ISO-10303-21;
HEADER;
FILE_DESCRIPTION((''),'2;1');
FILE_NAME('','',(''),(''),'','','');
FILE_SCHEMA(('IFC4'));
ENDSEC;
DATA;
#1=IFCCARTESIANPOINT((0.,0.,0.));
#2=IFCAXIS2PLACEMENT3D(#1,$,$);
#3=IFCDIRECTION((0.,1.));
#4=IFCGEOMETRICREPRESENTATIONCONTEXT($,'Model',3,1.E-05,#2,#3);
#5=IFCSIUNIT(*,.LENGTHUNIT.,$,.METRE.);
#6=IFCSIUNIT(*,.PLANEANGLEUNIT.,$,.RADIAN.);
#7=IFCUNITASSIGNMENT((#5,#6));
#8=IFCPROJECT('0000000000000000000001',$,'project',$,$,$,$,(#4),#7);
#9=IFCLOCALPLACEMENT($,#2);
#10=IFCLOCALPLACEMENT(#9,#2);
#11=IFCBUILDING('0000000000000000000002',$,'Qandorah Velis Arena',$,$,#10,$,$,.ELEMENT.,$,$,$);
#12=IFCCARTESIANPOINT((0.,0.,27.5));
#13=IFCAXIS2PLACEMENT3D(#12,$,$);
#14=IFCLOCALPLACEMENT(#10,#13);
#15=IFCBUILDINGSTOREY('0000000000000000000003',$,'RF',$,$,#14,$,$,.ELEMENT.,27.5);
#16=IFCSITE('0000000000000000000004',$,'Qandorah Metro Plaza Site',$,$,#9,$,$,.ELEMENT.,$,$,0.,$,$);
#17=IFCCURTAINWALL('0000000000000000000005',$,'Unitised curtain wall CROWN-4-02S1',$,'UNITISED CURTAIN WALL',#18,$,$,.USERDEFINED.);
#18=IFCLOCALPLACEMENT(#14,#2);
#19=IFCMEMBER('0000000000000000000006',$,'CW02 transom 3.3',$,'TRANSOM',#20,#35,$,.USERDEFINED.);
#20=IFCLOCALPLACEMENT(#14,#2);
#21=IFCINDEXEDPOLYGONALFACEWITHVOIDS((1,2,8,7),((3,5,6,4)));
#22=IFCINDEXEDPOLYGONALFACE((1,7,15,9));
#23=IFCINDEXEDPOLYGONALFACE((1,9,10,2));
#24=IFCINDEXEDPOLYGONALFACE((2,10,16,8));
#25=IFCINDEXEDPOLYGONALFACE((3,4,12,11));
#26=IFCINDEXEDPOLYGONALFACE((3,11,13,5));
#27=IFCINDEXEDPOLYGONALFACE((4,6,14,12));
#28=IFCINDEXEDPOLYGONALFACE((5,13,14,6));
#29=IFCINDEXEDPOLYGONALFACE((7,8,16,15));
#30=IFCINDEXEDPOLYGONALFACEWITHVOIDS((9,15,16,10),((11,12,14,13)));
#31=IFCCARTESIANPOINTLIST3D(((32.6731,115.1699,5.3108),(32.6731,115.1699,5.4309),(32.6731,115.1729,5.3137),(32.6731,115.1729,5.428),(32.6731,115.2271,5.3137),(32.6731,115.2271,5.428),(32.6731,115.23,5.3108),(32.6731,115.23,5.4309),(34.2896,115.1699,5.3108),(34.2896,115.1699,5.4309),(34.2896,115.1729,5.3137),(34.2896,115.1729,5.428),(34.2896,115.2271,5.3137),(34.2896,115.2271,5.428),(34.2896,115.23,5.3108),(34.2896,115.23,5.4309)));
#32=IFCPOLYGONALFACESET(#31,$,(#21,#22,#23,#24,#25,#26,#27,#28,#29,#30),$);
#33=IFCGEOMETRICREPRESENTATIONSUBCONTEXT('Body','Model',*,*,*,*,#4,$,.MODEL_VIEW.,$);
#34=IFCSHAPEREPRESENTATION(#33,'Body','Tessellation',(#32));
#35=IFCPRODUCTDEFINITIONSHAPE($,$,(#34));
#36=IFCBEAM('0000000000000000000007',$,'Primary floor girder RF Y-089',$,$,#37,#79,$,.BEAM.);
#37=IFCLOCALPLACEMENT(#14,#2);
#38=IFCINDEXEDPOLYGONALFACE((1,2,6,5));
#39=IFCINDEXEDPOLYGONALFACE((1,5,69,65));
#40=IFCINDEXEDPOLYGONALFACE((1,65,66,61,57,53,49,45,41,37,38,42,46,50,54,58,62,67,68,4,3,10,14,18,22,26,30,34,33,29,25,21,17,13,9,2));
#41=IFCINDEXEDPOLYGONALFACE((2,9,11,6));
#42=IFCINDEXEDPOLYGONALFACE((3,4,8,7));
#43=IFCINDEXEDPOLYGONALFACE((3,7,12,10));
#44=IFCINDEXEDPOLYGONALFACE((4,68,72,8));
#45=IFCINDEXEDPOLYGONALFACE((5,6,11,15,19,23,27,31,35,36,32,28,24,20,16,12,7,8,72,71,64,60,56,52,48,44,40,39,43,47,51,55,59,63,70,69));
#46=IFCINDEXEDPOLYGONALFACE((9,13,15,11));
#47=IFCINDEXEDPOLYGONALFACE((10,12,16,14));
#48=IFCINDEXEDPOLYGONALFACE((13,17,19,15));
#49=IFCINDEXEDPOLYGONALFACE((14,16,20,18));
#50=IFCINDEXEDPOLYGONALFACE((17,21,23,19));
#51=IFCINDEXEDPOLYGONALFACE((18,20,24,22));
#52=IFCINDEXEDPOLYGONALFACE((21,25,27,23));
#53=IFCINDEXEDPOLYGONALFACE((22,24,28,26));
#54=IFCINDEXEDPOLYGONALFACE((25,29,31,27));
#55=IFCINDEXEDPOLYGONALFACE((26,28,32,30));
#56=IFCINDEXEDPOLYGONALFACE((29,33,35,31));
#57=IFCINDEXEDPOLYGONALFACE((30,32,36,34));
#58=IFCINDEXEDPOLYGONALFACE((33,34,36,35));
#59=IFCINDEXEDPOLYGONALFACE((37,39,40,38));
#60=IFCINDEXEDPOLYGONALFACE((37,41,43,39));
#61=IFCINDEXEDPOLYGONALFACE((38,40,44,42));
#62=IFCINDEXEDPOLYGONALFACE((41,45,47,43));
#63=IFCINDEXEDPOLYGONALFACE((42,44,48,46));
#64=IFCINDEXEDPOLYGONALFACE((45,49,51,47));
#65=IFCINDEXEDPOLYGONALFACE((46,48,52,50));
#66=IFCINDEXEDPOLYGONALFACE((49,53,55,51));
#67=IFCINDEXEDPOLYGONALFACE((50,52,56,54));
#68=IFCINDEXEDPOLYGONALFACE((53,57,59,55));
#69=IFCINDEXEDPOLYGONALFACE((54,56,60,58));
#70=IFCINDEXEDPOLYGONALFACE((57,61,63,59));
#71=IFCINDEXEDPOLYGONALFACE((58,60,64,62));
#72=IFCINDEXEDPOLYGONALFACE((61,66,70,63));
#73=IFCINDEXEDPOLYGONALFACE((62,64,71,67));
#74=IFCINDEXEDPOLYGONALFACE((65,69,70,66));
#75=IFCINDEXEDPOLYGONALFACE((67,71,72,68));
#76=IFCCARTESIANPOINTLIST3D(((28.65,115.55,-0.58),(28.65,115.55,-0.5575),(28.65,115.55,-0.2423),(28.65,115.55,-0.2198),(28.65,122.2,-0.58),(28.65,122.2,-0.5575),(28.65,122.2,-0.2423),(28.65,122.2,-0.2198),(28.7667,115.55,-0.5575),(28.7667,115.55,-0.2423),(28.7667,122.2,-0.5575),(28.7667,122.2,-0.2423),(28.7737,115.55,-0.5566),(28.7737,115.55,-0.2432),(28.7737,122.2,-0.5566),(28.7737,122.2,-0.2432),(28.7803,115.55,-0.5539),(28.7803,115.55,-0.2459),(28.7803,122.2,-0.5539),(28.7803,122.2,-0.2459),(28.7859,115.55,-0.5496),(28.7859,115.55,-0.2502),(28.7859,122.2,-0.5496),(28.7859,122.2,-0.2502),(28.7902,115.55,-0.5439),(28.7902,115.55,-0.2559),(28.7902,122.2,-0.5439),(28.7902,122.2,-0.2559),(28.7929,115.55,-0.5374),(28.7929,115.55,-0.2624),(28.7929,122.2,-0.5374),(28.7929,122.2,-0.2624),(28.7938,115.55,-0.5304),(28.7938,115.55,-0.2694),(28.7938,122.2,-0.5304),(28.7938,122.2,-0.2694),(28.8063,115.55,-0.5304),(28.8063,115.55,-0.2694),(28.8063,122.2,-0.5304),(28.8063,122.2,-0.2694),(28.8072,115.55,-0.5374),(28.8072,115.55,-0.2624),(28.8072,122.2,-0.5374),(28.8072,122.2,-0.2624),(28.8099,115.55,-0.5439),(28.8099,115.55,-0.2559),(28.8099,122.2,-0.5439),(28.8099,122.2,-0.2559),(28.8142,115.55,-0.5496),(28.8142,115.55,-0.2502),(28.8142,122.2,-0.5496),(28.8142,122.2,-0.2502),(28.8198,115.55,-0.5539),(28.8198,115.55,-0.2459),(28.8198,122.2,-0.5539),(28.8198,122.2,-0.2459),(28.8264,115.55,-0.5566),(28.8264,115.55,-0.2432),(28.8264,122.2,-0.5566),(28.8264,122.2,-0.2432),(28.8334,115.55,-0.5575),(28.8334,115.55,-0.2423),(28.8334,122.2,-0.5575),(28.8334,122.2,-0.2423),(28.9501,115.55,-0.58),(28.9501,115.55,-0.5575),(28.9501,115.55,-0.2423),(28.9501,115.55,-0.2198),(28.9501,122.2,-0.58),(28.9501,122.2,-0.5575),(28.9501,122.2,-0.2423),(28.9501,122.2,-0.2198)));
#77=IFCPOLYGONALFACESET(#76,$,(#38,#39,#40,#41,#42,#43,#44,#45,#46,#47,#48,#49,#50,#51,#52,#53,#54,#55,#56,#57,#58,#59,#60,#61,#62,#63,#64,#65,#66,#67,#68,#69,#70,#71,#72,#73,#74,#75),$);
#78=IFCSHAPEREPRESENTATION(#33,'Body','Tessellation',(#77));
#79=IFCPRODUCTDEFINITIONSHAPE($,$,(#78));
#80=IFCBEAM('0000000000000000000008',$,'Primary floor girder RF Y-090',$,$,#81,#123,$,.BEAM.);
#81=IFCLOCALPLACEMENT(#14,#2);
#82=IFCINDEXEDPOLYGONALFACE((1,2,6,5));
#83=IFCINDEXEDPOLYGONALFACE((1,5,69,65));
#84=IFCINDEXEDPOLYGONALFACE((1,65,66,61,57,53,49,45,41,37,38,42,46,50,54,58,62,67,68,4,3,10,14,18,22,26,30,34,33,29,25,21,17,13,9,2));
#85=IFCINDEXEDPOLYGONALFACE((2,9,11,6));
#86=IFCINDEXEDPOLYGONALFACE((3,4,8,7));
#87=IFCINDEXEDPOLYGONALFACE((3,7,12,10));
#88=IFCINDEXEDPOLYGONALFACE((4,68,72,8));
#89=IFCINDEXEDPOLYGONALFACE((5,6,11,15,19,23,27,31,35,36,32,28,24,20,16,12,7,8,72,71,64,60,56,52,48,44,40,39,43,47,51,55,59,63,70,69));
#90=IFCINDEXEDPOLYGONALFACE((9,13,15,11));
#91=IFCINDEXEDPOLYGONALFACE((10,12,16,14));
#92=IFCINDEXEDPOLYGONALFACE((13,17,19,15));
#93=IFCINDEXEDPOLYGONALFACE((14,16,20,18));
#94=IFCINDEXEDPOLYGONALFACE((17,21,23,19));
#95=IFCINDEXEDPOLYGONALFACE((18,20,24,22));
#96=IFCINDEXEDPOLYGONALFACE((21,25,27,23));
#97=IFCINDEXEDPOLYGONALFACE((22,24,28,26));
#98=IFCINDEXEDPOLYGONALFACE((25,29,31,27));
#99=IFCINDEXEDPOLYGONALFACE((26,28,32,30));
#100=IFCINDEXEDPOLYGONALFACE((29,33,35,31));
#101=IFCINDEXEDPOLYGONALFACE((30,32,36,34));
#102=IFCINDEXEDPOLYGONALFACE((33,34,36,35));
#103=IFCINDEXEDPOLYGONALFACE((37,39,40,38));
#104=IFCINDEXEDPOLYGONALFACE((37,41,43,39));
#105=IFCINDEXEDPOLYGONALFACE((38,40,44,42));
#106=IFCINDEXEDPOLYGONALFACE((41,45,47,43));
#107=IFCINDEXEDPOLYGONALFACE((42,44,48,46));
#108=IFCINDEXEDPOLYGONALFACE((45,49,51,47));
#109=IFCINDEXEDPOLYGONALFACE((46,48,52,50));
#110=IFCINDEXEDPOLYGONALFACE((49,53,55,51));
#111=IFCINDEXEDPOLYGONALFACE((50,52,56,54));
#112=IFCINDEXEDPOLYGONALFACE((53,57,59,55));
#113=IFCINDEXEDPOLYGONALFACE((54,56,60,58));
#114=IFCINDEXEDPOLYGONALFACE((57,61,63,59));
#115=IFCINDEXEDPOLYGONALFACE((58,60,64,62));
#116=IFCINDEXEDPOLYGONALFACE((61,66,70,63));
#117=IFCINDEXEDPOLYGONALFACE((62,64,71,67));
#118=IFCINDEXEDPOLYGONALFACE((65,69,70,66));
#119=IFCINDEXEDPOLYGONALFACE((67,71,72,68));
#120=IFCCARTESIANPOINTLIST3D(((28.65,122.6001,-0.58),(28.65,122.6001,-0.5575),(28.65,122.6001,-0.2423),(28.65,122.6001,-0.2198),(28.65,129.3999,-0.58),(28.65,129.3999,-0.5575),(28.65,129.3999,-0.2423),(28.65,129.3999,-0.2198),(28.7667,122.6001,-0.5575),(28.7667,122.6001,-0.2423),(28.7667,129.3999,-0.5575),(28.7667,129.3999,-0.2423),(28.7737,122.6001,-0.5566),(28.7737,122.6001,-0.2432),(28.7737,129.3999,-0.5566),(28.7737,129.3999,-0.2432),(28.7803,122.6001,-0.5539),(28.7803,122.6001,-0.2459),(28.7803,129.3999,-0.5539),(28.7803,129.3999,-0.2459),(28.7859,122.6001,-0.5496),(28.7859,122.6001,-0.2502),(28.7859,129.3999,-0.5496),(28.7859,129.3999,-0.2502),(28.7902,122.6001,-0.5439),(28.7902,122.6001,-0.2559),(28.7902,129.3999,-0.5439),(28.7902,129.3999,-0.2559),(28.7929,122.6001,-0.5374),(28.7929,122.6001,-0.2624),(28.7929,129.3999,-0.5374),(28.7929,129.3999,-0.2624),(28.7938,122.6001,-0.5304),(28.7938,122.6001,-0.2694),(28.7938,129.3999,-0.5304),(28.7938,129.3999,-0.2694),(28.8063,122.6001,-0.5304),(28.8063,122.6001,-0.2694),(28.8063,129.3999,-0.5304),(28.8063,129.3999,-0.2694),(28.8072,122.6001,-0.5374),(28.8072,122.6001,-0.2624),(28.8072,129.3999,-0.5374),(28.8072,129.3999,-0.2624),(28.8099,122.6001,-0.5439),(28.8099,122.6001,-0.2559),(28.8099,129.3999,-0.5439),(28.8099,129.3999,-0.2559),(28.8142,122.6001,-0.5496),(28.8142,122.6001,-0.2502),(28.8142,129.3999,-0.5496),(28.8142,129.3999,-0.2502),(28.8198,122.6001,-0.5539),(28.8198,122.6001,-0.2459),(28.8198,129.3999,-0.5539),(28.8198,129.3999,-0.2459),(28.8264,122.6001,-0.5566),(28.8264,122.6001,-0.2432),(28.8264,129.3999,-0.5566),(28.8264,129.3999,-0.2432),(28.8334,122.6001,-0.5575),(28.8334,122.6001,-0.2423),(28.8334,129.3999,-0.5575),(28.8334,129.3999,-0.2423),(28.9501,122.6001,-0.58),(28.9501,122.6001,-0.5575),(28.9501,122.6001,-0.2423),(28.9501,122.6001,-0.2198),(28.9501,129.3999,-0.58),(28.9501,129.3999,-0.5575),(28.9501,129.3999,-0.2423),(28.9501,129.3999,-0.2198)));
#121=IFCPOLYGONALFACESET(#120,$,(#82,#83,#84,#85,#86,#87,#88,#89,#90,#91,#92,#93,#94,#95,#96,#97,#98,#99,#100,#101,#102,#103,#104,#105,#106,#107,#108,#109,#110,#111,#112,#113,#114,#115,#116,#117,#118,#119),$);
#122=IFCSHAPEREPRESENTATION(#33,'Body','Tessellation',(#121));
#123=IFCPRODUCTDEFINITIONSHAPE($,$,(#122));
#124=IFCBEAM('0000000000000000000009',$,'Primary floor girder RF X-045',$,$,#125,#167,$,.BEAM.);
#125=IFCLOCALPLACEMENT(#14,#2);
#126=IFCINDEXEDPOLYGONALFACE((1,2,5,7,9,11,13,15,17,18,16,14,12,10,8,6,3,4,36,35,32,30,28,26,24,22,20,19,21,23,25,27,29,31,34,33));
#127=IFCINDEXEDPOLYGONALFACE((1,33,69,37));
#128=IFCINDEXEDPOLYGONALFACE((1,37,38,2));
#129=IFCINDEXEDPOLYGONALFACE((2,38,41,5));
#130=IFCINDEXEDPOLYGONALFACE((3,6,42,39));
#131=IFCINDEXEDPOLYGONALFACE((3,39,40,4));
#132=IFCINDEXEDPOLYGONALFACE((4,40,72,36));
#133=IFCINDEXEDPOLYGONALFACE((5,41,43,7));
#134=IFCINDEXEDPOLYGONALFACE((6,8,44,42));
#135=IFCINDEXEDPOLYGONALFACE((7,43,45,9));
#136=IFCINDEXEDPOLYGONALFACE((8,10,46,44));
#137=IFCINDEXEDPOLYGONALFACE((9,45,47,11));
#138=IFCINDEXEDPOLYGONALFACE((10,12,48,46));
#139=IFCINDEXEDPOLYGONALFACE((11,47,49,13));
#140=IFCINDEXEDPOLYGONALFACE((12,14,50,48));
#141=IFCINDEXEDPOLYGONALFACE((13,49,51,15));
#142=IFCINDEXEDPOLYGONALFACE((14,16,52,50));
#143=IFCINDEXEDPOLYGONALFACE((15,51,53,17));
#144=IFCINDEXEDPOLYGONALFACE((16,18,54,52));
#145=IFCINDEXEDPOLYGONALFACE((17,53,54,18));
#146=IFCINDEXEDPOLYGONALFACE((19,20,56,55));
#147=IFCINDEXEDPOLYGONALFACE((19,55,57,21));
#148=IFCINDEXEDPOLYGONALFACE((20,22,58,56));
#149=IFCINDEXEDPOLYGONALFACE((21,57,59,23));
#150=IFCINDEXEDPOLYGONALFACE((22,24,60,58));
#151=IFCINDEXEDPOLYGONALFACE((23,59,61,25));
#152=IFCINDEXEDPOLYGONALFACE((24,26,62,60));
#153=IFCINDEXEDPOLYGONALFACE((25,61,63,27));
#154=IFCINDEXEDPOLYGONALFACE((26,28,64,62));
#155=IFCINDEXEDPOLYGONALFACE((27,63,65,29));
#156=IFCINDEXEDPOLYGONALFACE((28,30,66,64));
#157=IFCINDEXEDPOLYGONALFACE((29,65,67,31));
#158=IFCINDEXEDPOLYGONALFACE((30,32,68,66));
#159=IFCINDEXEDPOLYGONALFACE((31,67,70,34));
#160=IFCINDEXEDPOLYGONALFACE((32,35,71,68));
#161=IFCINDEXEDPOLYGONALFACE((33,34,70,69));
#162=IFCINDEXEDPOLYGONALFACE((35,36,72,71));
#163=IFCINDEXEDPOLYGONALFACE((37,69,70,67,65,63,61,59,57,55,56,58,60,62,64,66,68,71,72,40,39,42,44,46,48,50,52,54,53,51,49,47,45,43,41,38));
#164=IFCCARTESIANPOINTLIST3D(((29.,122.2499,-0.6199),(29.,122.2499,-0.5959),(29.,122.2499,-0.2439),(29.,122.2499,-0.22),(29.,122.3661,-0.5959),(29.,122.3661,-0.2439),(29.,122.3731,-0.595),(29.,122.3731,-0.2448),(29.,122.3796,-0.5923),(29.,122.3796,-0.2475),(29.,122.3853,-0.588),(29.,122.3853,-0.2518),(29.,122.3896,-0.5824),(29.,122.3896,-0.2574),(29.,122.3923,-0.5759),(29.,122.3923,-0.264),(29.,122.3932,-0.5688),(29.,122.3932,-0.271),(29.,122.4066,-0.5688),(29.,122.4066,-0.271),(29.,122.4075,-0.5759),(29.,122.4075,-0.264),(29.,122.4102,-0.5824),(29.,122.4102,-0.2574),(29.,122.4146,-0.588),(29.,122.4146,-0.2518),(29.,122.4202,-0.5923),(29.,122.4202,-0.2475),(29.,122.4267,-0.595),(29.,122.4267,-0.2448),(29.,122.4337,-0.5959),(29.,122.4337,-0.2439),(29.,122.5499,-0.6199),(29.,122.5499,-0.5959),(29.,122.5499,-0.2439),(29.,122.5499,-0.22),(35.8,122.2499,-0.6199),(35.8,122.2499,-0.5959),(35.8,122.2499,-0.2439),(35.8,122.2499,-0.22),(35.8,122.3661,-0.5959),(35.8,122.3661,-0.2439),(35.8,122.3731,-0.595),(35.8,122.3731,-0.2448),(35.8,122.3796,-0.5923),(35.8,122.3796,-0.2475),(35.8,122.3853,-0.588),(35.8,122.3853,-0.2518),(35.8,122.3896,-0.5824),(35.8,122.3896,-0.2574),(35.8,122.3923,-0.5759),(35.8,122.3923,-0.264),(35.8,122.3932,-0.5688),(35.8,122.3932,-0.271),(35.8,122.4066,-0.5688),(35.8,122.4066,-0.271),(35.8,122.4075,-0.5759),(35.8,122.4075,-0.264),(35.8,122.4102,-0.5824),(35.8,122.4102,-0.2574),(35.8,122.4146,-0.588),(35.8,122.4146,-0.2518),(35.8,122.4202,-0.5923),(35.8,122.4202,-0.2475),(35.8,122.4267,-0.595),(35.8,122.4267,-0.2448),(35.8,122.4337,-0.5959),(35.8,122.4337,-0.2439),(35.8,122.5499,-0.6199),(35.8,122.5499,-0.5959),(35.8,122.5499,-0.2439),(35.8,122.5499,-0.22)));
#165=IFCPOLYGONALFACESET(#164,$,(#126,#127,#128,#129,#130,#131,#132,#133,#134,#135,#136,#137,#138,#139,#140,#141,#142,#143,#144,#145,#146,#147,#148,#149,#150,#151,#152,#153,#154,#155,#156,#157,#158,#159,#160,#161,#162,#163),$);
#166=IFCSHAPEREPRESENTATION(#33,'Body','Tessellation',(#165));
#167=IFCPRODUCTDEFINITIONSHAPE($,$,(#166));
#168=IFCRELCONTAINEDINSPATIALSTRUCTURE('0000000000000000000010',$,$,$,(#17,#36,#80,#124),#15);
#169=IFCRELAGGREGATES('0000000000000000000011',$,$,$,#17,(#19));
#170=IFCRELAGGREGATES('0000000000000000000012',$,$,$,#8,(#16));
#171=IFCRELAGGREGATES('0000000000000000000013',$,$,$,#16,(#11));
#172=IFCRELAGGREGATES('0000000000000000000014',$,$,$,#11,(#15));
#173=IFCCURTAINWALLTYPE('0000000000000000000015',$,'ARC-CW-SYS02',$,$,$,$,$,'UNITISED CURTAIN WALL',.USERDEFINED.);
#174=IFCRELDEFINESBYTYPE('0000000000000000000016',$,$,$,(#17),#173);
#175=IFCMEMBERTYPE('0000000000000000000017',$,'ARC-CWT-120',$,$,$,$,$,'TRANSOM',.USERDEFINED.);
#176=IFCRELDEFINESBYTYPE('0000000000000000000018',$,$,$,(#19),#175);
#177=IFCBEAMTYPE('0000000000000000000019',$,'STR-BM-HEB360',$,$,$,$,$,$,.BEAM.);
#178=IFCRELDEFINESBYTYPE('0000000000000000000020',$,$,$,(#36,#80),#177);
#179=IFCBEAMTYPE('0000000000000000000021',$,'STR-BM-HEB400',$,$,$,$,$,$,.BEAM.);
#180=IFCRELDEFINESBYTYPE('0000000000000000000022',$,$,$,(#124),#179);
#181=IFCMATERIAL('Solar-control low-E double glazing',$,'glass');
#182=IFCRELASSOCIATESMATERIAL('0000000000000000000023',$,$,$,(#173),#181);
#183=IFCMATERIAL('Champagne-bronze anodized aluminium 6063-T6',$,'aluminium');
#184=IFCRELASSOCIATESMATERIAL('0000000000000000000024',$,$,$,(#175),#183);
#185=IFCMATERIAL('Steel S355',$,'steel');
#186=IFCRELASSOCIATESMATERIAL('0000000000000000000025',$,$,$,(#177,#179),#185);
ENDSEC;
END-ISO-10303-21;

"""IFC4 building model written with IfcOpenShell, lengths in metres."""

from ifc_helpers import new_model, si_unit, direction, frame, origin, origin_2d, place, context, subcontext, project, spatial, hollow_rectangle, i_section, extrude, material, material_profile, profile_set, type_object, element, aggregate, save


model = new_model("IFC4")

# Units and contexts
model_context = context("Model", 3, precision=1e-05, world=origin(), true_north=direction((0.0, 1.0)))
body_context = subcontext(model_context, "Body", "Model", "MODEL_VIEW")
ifc_project = project(units=[si_unit("LENGTHUNIT", "METRE"), si_unit("PLANEANGLEUNIT", "RADIAN")], contexts=[model_context])

# Site, building, storey
site_placement = place(None, origin())
site = spatial("IfcSite", under=ifc_project, at=site_placement, Name="Qandorah Metro Plaza Site", CompositionType="ELEMENT", RefElevation=0.0)
building_placement = place(site_placement, origin())
building = spatial("IfcBuilding", under=site, at=building_placement, Name="Qandorah Velis Arena", CompositionType="ELEMENT")
storey_placement = place(building_placement, frame((0.0, 0.0, 27.5)))
storey = spatial("IfcBuildingStorey", under=building, at=storey_placement, Name="RF", CompositionType="ELEMENT", Elevation=27.5)

# Curtain wall, member
ifc_material_1 = material(Name="Solar-control low-E double glazing", Category="glass")
curtain_wall_type = type_object("IfcCurtainWallType", Name="ARC-CW-SYS02", ElementType="UNITISED CURTAIN WALL", PredefinedType="USERDEFINED", material=ifc_material_1)
curtain_wall_placement = place(storey_placement, origin())
curtain_wall = element("IfcCurtainWall", 1, at=curtain_wall_placement, inside=storey, type_object=curtain_wall_type, Name="Unitised curtain wall CROWN-4-02S1", ObjectType="UNITISED CURTAIN WALL", PredefinedType="USERDEFINED")
ifc_material_2 = material(Name="Champagne-bronze anodized aluminium 6063-T6", Category="aluminium")
ifc_material_profile_1 = material_profile(ifc_material_2, hollow_rectangle(XDim=0.0601, YDim=0.1201, WallThickness=0.0029, at=origin_2d()), Name="ALU TRANSOM 60x120")
ifc_profile_set_1 = profile_set([ifc_material_profile_1], Name="Champagne-bronze anodized aluminium 6063-T6")
member_type_1 = type_object("IfcMemberType", Name="ARC-CWT-120", ElementType="TRANSOM", PredefinedType="USERDEFINED", material=ifc_profile_set_1)
member_1_placement = place(storey_placement, frame((32.6731, 115.2, 5.3708), z_axis=(1.0, 0.0, 0.0), x_axis=(0.0, 1.0, 0.0)))
member_1 = element("IfcMember", 2, at=member_1_placement, type_object=member_type_1, Name="CW02 transom 3.3", ObjectType="TRANSOM", PredefinedType="USERDEFINED", context=body_context, shape_type="SweptSolid", body=[
    extrude(hollow_rectangle(XDim=0.0601, YDim=0.1201, WallThickness=0.0029, at=origin_2d()), origin(), (0.0, 0.0, 1.0), 1.6165),
])

# Beams
ifc_material_3 = material(Name="Steel S355", Category="steel")
ifc_material_profile_2 = material_profile(ifc_material_3, i_section(OverallWidth=0.3, OverallDepth=0.3601, WebThickness=0.0125, FlangeThickness=0.0225, FilletRadius=0.0271, at=origin_2d()), Name="HEB 360")
ifc_profile_set_2 = profile_set([ifc_material_profile_2], Name="Steel S355")
beam_type_1 = type_object("IfcBeamType", Name="STR-BM-HEB360", PredefinedType="BEAM", material=ifc_profile_set_2)
beam_1_placement = place(storey_placement, frame((28.8, 115.55, -0.3999), z_axis=(0.0, 1.0, 0.0), x_axis=(-1.0, 0.0, 0.0)))
element("IfcBeam", 3, at=beam_1_placement, inside=storey, type_object=beam_type_1, Name="Primary floor girder RF Y-089", PredefinedType="BEAM", context=body_context, shape_type="SweptSolid", body=[
    extrude(i_section(OverallWidth=0.3, OverallDepth=0.3601, WebThickness=0.0125, FlangeThickness=0.0225, FilletRadius=0.0271, at=origin_2d()), origin(), (0.0, 0.0, 1.0), 6.6499),
])
beam_2_placement = place(storey_placement, frame((28.8, 122.6001, -0.3999), z_axis=(0.0, 1.0, 0.0), x_axis=(-1.0, 0.0, 0.0)))
element("IfcBeam", 4, at=beam_2_placement, inside=storey, type_object=beam_type_1, Name="Primary floor girder RF Y-090", PredefinedType="BEAM", context=body_context, shape_type="SweptSolid", body=[
    extrude(i_section(OverallWidth=0.3, OverallDepth=0.3601, WebThickness=0.0125, FlangeThickness=0.0225, FilletRadius=0.0271, at=origin_2d()), origin(), (0.0, 0.0, 1.0), 6.7998),
])
ifc_material_profile_3 = material_profile(ifc_material_3, i_section(OverallWidth=0.3, OverallDepth=0.3999, WebThickness=0.0134, FlangeThickness=0.0239, FilletRadius=0.0271, at=origin_2d()), Name="HEB 400")
ifc_profile_set_3 = profile_set([ifc_material_profile_3], Name="Steel S355")
beam_type_2 = type_object("IfcBeamType", Name="STR-BM-HEB400", PredefinedType="BEAM", material=ifc_profile_set_3)
for number, where, z_axis, x_axis, name in (
    (5, (29.0, 122.3999, -0.4199), (1.0, 0.0, 0.0), (0.0, 1.0, 0.0), "Primary floor girder RF X-045"),
):
    element("IfcBeam", number, at=place(storey_placement, frame(where, z_axis=z_axis, x_axis=x_axis)), inside=storey, type_object=beam_type_2, Name=name, PredefinedType="BEAM", context=body_context, shape_type="SweptSolid", body=[
        extrude(i_section(OverallWidth=0.3, OverallDepth=0.3999, WebThickness=0.0134, FlangeThickness=0.0239, FilletRadius=0.0271, at=origin_2d()), origin(), (0.0, 0.0, 1.0), 6.8),
    ])

aggregate(curtain_wall, [member_1])

save(model, "model.ifc")
